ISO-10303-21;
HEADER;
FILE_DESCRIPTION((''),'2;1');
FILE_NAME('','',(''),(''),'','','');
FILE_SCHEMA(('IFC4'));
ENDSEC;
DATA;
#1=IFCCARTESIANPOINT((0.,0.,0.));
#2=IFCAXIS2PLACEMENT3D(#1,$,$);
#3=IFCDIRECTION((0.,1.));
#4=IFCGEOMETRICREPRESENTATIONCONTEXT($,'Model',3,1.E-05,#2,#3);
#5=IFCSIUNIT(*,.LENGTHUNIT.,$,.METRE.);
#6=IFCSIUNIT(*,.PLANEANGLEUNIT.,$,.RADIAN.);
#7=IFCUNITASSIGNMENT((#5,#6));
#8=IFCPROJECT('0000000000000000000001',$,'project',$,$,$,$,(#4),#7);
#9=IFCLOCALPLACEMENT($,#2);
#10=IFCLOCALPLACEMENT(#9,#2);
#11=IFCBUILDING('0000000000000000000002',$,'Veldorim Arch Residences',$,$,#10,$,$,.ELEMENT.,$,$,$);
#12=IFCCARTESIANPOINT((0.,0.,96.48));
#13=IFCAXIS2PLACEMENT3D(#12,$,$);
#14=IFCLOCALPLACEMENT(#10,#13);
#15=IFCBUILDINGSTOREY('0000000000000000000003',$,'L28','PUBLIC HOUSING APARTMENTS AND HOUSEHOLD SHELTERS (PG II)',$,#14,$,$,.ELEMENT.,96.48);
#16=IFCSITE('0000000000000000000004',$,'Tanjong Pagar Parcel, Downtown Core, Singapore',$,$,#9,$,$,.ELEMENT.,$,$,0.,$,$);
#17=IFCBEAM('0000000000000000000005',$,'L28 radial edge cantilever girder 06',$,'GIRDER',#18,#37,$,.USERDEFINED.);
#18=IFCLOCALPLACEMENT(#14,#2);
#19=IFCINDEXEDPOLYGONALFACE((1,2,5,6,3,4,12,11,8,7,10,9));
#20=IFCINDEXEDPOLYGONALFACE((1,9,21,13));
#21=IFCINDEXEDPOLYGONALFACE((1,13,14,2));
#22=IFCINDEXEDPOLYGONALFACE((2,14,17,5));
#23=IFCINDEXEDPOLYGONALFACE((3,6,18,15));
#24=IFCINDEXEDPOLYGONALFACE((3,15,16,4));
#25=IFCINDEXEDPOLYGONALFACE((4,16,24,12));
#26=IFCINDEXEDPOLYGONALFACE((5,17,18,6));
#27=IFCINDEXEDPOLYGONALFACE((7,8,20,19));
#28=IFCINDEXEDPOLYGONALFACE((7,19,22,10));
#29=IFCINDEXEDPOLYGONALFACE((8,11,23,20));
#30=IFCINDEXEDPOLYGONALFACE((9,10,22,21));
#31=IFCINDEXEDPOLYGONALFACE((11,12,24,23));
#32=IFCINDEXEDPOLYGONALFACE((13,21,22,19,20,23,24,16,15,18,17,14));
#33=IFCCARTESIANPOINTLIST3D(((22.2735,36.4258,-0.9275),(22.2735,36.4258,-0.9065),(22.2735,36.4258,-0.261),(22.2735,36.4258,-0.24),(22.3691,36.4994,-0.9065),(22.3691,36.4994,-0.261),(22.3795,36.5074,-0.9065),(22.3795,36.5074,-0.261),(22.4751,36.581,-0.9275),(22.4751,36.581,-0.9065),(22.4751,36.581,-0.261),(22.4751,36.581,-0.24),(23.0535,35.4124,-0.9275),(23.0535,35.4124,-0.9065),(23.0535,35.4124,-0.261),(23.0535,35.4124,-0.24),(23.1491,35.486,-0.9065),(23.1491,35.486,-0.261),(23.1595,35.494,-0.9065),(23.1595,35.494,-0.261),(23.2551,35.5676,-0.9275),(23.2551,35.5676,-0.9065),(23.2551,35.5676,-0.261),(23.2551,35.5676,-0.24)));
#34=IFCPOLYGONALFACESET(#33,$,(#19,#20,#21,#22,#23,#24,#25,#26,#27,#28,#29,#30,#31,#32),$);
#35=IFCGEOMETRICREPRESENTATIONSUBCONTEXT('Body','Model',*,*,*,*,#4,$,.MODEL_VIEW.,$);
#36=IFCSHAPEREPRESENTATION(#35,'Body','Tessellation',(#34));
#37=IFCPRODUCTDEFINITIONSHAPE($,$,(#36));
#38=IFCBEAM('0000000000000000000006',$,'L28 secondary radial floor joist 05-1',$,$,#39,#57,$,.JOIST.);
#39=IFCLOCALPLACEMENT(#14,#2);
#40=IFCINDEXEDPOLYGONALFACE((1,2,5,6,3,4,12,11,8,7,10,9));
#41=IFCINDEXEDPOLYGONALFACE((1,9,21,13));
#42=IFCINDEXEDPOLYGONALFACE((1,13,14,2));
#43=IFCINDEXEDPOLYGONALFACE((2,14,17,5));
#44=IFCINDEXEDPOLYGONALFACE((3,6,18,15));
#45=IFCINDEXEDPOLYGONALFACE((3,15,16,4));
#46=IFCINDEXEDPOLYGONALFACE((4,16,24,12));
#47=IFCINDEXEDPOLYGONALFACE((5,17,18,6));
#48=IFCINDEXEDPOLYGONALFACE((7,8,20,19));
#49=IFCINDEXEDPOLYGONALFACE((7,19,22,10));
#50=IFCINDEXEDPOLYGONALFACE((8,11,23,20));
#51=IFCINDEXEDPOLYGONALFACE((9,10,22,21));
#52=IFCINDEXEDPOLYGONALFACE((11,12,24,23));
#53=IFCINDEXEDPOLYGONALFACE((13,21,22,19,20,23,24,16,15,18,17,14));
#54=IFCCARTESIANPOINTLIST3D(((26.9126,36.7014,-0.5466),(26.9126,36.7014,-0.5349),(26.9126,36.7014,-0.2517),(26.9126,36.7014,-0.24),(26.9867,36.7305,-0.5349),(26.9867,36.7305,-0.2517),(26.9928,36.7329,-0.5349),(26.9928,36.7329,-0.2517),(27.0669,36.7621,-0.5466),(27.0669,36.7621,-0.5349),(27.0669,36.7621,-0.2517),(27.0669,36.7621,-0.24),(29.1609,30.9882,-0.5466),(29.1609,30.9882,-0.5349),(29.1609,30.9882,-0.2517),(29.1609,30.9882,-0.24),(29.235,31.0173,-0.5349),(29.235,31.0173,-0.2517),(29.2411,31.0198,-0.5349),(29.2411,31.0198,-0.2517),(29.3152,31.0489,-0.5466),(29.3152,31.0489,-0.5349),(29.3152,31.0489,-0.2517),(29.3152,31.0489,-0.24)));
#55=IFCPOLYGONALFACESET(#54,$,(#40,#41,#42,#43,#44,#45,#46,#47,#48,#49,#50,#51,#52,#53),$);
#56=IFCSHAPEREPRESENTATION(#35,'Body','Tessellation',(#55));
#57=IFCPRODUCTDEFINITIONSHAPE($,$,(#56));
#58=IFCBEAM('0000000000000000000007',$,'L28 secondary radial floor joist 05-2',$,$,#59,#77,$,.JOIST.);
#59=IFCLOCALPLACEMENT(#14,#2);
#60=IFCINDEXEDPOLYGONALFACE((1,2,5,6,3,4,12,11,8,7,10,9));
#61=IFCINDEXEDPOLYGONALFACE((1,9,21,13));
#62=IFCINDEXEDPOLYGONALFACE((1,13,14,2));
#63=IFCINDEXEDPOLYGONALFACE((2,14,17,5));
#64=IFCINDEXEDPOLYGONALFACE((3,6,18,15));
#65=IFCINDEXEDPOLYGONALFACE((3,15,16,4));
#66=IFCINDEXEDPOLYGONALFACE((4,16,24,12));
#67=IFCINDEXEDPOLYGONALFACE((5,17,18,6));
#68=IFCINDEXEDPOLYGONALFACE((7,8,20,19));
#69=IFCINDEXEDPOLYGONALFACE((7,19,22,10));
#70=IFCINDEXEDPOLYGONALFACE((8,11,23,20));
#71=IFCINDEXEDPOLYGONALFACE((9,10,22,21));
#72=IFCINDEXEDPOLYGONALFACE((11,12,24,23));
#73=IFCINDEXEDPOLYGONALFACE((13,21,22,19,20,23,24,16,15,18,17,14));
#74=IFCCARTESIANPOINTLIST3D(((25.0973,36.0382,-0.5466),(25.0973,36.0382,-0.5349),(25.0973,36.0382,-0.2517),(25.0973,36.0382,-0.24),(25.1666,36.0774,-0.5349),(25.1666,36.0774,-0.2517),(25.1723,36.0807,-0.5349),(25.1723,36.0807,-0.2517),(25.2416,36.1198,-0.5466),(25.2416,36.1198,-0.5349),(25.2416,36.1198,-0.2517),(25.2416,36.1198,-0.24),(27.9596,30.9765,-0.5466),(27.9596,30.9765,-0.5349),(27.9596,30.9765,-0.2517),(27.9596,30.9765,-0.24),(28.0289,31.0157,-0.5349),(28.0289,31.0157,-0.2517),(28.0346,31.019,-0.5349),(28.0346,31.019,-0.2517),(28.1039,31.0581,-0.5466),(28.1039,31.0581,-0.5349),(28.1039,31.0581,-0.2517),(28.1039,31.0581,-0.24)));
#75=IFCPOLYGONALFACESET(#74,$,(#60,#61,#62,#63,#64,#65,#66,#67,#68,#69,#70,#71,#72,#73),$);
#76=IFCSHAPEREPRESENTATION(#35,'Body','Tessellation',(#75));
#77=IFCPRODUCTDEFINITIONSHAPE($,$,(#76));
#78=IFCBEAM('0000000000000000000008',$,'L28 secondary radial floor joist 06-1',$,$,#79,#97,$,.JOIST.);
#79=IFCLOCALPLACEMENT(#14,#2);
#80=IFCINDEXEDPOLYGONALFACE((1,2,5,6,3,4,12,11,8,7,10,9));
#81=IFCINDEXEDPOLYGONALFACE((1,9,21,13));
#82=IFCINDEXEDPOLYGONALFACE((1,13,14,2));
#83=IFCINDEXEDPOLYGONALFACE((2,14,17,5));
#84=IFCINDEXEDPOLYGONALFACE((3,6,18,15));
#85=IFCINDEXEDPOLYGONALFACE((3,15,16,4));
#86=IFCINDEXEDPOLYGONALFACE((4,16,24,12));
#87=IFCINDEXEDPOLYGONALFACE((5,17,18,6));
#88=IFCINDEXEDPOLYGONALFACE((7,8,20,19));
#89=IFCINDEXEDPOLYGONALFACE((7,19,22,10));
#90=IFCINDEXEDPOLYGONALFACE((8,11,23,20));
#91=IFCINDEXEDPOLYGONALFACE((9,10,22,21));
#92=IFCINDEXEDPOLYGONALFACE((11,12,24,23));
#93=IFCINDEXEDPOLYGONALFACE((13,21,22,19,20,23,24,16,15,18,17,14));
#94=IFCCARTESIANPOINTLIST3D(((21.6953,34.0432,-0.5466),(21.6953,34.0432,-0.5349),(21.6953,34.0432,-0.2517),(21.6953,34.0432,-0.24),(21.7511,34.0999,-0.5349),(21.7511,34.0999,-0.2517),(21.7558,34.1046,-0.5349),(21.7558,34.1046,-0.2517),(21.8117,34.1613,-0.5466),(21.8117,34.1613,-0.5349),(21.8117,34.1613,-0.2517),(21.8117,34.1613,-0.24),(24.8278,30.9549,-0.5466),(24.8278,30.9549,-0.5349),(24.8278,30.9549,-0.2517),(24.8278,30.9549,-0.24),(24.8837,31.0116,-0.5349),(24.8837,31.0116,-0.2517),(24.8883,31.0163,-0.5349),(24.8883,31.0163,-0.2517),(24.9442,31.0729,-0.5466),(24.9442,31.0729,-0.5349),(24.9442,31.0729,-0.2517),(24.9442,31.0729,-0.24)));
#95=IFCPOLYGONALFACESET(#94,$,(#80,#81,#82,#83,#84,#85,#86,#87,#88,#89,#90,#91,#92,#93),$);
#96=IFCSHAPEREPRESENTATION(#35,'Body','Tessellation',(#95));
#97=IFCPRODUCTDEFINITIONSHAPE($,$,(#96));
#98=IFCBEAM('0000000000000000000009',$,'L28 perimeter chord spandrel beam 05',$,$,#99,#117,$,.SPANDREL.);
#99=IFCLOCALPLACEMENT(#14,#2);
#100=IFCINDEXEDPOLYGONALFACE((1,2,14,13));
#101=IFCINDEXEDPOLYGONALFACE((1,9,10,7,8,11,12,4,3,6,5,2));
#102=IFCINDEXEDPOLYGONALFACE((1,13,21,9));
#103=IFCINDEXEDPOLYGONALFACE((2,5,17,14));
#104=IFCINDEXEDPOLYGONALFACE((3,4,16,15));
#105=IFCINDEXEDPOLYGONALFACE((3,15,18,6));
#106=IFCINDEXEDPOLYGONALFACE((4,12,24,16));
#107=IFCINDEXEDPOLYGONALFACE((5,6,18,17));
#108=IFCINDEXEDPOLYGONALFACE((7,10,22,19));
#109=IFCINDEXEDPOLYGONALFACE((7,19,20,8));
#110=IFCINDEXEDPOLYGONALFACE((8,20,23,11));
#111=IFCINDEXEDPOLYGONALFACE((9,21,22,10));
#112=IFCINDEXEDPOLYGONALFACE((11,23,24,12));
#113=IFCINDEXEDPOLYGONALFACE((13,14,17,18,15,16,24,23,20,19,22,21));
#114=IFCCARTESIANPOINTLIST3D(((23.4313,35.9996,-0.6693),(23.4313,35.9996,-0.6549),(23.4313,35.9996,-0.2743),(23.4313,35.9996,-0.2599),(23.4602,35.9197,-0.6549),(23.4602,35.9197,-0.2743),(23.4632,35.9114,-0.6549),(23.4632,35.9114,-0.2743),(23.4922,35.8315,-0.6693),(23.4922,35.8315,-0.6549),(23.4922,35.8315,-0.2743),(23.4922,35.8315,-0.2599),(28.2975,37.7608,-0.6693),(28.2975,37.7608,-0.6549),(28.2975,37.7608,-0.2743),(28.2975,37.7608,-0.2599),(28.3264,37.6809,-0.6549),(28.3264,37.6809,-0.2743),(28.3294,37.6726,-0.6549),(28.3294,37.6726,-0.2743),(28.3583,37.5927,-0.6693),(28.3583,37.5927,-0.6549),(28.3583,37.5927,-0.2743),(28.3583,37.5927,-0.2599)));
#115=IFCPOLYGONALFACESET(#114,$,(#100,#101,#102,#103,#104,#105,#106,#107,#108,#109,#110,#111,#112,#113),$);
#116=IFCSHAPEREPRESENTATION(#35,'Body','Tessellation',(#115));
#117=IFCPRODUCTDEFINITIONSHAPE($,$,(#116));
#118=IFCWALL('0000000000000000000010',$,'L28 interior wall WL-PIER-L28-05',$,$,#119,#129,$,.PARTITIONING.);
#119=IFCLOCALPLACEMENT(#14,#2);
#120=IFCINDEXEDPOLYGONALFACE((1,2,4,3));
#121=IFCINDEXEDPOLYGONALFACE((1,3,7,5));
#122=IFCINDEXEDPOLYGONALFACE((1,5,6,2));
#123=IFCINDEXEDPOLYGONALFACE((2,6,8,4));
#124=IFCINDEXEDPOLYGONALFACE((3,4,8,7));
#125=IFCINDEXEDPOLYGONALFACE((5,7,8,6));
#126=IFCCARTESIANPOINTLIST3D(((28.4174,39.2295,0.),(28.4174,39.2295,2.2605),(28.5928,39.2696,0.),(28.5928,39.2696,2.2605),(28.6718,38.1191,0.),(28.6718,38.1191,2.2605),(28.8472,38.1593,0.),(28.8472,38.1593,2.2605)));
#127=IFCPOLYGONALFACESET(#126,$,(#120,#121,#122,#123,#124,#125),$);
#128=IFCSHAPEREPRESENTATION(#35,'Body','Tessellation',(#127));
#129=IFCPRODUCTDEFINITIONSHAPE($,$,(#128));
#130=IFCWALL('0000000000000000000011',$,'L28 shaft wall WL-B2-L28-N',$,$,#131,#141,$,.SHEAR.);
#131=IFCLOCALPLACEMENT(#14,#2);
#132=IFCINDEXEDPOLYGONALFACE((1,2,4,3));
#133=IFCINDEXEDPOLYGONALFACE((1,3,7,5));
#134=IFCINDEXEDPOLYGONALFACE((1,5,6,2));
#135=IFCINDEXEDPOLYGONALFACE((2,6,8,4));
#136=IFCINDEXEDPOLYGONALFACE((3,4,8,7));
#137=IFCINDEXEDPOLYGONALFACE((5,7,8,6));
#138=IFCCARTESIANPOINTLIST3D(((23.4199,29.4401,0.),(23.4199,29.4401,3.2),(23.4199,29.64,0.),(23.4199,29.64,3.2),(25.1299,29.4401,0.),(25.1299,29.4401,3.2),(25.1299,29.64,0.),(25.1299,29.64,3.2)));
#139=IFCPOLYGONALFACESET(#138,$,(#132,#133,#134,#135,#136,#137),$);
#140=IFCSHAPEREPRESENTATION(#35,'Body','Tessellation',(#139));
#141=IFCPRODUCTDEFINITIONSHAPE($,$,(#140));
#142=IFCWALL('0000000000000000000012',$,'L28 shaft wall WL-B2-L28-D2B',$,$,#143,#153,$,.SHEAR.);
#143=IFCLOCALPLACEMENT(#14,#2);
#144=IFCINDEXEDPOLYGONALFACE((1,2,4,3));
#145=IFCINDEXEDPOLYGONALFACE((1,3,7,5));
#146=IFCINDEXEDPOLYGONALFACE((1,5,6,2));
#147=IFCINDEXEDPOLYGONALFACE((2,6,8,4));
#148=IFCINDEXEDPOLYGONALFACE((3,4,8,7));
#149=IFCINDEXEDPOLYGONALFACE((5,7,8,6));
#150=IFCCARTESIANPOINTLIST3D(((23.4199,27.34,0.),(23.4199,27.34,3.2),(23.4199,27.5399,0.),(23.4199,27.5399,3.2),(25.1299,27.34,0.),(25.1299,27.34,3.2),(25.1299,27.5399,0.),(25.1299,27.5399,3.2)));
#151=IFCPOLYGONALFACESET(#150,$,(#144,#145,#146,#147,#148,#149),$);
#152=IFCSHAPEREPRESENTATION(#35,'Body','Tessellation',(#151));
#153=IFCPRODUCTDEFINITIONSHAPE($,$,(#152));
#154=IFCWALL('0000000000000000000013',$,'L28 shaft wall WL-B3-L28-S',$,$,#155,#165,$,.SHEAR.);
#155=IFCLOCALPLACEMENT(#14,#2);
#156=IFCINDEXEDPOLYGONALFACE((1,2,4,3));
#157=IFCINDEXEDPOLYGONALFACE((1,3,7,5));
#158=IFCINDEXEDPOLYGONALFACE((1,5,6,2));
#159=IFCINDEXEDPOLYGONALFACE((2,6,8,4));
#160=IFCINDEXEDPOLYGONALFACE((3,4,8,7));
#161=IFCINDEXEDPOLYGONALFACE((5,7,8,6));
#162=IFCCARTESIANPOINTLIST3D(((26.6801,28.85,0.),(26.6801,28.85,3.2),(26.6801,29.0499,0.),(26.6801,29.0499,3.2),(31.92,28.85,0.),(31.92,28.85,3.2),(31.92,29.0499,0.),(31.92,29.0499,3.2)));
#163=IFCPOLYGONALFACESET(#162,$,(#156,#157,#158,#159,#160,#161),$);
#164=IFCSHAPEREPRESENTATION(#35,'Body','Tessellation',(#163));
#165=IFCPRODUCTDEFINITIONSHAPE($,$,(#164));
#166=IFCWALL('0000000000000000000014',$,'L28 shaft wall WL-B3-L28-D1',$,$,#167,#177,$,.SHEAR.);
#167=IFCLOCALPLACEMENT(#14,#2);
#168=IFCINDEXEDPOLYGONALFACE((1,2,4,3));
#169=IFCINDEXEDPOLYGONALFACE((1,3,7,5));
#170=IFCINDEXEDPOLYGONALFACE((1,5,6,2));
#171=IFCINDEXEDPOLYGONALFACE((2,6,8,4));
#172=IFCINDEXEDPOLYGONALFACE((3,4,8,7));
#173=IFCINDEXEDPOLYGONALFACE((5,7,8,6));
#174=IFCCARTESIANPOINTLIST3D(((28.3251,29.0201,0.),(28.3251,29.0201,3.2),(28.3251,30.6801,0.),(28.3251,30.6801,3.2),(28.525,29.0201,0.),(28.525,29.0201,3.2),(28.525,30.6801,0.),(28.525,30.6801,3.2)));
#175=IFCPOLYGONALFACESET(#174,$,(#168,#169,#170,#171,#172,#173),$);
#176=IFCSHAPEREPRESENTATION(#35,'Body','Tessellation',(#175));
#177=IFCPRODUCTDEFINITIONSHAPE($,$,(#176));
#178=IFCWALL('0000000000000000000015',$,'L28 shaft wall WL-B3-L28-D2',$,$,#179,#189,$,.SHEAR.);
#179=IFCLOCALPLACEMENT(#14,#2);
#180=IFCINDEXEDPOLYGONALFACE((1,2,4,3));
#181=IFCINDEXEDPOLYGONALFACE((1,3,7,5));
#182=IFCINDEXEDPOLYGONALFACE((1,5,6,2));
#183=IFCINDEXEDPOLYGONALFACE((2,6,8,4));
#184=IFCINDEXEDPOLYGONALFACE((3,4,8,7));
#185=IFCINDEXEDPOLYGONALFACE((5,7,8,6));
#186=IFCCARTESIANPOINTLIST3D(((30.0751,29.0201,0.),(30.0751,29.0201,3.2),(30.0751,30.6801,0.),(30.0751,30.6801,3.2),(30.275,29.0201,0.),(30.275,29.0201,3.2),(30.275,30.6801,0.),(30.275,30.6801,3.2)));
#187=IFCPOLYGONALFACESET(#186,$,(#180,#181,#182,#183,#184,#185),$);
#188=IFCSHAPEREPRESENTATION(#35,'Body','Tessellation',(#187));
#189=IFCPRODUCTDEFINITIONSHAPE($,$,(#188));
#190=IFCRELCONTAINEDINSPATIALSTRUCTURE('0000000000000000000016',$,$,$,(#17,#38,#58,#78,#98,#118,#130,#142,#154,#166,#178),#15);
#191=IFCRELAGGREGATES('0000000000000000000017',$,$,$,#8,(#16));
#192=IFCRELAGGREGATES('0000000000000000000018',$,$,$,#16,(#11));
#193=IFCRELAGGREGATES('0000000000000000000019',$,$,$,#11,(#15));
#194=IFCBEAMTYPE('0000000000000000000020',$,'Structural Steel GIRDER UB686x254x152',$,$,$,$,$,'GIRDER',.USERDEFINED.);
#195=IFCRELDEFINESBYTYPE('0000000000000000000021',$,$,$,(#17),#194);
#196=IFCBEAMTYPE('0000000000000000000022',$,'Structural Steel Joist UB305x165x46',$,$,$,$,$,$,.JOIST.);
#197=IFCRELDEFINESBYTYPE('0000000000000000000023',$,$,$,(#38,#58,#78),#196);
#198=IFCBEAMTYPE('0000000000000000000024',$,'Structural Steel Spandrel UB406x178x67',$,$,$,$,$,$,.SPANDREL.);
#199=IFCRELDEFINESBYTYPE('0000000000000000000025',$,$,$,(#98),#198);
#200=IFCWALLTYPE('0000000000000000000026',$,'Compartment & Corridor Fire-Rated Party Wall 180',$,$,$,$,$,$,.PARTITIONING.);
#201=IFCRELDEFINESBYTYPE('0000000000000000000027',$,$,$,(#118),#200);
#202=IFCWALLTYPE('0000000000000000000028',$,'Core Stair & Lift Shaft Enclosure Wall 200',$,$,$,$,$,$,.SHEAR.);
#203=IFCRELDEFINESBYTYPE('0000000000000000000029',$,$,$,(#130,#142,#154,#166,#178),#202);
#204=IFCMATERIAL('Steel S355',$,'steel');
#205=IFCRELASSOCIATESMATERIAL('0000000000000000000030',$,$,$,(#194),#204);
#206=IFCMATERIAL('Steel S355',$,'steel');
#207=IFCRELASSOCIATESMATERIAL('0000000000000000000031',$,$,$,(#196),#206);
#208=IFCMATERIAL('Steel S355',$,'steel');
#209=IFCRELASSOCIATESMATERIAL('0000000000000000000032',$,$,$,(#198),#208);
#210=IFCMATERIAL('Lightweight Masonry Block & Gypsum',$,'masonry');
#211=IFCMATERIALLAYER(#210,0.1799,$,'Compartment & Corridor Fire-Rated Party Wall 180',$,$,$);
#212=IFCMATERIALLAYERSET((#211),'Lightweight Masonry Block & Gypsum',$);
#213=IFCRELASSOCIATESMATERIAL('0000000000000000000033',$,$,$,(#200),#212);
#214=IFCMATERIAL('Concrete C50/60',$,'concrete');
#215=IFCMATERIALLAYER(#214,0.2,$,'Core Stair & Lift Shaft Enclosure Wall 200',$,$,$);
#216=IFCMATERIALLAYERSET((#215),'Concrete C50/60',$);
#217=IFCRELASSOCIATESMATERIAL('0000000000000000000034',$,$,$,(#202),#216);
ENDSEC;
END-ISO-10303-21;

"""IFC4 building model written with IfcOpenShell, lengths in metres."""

from ifc_helpers import new_model, si_unit, direction, frame, frame_2d, origin, origin_2d, place, context, subcontext, project, spatial, rectangle, i_section, extrude, material, layer, layer_set, material_profile, profile_set, type_object, element, save


model = new_model("IFC4")

# Units and contexts
model_context = context("Model", 3, precision=1e-05, world=origin(), true_north=direction((0.0, 1.0)))
body_context = subcontext(model_context, "Body", "Model", "MODEL_VIEW")
ifc_project = project(units=[si_unit("LENGTHUNIT", "METRE"), si_unit("PLANEANGLEUNIT", "RADIAN")], contexts=[model_context])

# Site, building, storey
site_placement = place(None, origin())
site = spatial("IfcSite", under=ifc_project, at=site_placement, Name="Tanjong Pagar Parcel, Downtown Core, Singapore", CompositionType="ELEMENT", RefElevation=0.0)
building_placement = place(site_placement, origin())
building = spatial("IfcBuilding", under=site, at=building_placement, Name="Veldorim Arch Residences", CompositionType="ELEMENT")
storey_placement = place(building_placement, frame((0.0, 0.0, 96.48)))
storey = spatial("IfcBuildingStorey", under=building, at=storey_placement, Name="L28", Description="PUBLIC HOUSING APARTMENTS AND HOUSEHOLD SHELTERS (PG II)", CompositionType="ELEMENT", Elevation=96.48)

# Beams
ifc_material_1 = material(Name="Steel S355", Category="steel")
ifc_material_profile_1 = material_profile(ifc_material_1, i_section(OverallWidth=0.2544, OverallDepth=0.6875, WebThickness=0.0132, FlangeThickness=0.021, at=origin_2d()), Name="UB686x254x152")
ifc_profile_set_1 = profile_set([ifc_material_profile_1], Name="Steel S355")
beam_type_1 = type_object("IfcBeamType", Name="Structural Steel GIRDER UB686x254x152", ElementType="GIRDER", PredefinedType="USERDEFINED", material=ifc_profile_set_1)
beam_1_placement = place(storey_placement, frame((23.1543, 35.49, -0.5837), z_axis=(-0.609941, 0.792447, 0.0), x_axis=(-0.792447, -0.609941, 0.0)))
element("IfcBeam", 1, at=beam_1_placement, inside=storey, type_object=beam_type_1, Name="L28 radial edge cantilever girder 06", ObjectType="GIRDER", PredefinedType="USERDEFINED", context=body_context, shape_type="SweptSolid", body=[
    extrude(i_section(OverallWidth=0.2544, OverallDepth=0.6875, WebThickness=0.0132, FlangeThickness=0.021, at=origin_2d()), origin(), (0.0, 0.0, 1.0), 1.2788),
])
ifc_material_2 = material(Name="Steel S355", Category="steel")
ifc_material_profile_2 = material_profile(ifc_material_2, i_section(OverallWidth=0.1658, OverallDepth=0.3066, WebThickness=0.0066, FlangeThickness=0.0117, at=origin_2d()), Name="UB305x165x46")
ifc_profile_set_2 = profile_set([ifc_material_profile_2], Name="Steel S355")
beam_type_2 = type_object("IfcBeamType", Name="Structural Steel Joist UB305x165x46", PredefinedType="JOIST", material=ifc_profile_set_2)
beam_2_placement = place(storey_placement, frame((29.238, 31.0186, -0.3933), z_axis=(-0.366195, 0.930538, 0.0), x_axis=(-0.930538, -0.366195, 0.0)))
element("IfcBeam", 2, at=beam_2_placement, inside=storey, type_object=beam_type_2, Name="L28 secondary radial floor joist 05-1", PredefinedType="JOIST", context=body_context, shape_type="SweptSolid", body=[
    extrude(i_section(OverallWidth=0.1658, OverallDepth=0.3066, WebThickness=0.0066, FlangeThickness=0.0117, at=origin_2d()), origin(), (0.0, 0.0, 1.0), 6.1396),
])
beam_3_placement = place(storey_placement, frame((28.0317, 31.0173, -0.3933), z_axis=(-0.492227, 0.870467, 0.0), x_axis=(-0.870467, -0.492227, 0.0)))
element("IfcBeam", 3, at=beam_3_placement, inside=storey, type_object=beam_type_2, Name="L28 secondary radial floor joist 05-2", PredefinedType="JOIST", context=body_context, shape_type="SweptSolid", body=[
    extrude(i_section(OverallWidth=0.1658, OverallDepth=0.3066, WebThickness=0.0066, FlangeThickness=0.0117, at=origin_2d()), origin(), (0.0, 0.0, 1.0), 5.8149),
])
beam_4_placement = place(storey_placement, frame((24.886, 31.0139, -0.3933), z_axis=(-0.712112, 0.702066, 0.0), x_axis=(-0.702066, -0.712112, 0.0)))
element("IfcBeam", 4, at=beam_4_placement, inside=storey, type_object=beam_type_2, Name="L28 secondary radial floor joist 06-1", PredefinedType="JOIST", context=body_context, shape_type="SweptSolid", body=[
    extrude(i_section(OverallWidth=0.1658, OverallDepth=0.3066, WebThickness=0.0066, FlangeThickness=0.0117, at=origin_2d()), origin(), (0.0, 0.0, 1.0), 4.3989),
])
ifc_material_3 = material(Name="Steel S355", Category="steel")
ifc_material_profile_3 = material_profile(ifc_material_3, i_section(OverallWidth=0.1787, OverallDepth=0.4094, WebThickness=0.0088, FlangeThickness=0.0144, at=origin_2d()), Name="UB406x178x67")
ifc_profile_set_3 = profile_set([ifc_material_profile_3], Name="Steel S355")
beam_type_3 = type_object("IfcBeamType", Name="Structural Steel Spandrel UB406x178x67", PredefinedType="SPANDREL", material=ifc_profile_set_3)
beam_5_placement = place(storey_placement, frame((28.3279, 37.6768, -0.4646), z_axis=(-0.940308, -0.340326, 0.0), x_axis=(0.340326, -0.940308, 0.0)))
element("IfcBeam", 5, at=beam_5_placement, inside=storey, type_object=beam_type_3, Name="L28 perimeter chord spandrel beam 05", PredefinedType="SPANDREL", context=body_context, shape_type="SweptSolid", body=[
    extrude(i_section(OverallWidth=0.1787, OverallDepth=0.4094, WebThickness=0.0088, FlangeThickness=0.0144, at=origin_2d()), origin(), (0.0, 0.0, 1.0), 5.175),
])

# Walls
ifc_material_4 = material(Name="Lightweight Masonry Block & Gypsum", Category="masonry")
ifc_layer_1 = layer(ifc_material_4, 0.1799, Name="Compartment & Corridor Fire-Rated Party Wall 180")
ifc_layer_set_1 = layer_set([ifc_layer_1], Name="Lightweight Masonry Block & Gypsum")
wall_type_1 = type_object("IfcWallType", Name="Compartment & Corridor Fire-Rated Party Wall 180", PredefinedType="PARTITIONING", material=ifc_layer_set_1)
wall_1_placement = place(storey_placement, frame((28.7595, 38.1392, 0.0), z_axis=(0.0, 0.0, 1.0), x_axis=(-0.223325, 0.974744, 0.0)))
element("IfcWall", 6, at=wall_1_placement, inside=storey, type_object=wall_type_1, Name="L28 interior wall WL-PIER-L28-05", PredefinedType="PARTITIONING", context=body_context, shape_type="SweptSolid", body=[
    extrude(rectangle(XDim=1.1392, YDim=0.1799, at=frame_2d((0.5696, 0.0))), origin(), (0.0, 0.0, 1.0), 2.2605),
])
ifc_material_5 = material(Name="Concrete C50/60", Category="concrete")
ifc_layer_2 = layer(ifc_material_5, 0.2, Name="Core Stair & Lift Shaft Enclosure Wall 200")
ifc_layer_set_2 = layer_set([ifc_layer_2], Name="Concrete C50/60")
wall_type_2 = type_object("IfcWallType", Name="Core Stair & Lift Shaft Enclosure Wall 200", PredefinedType="SHEAR", material=ifc_layer_set_2)
for number, where, z_axis, x_axis, name in (
    (7, (23.4199, 29.54, 0.0), (0.0, 0.0, 1.0), (1.0, 0.0, 0.0), "L28 shaft wall WL-B2-L28-N"),
    (8, (23.4199, 27.4399, 0.0), (0.0, 0.0, 1.0), (1.0, 0.0, 0.0), "L28 shaft wall WL-B2-L28-D2B"),
):
    element("IfcWall", number, at=place(storey_placement, frame(where, z_axis=z_axis, x_axis=x_axis)), inside=storey, type_object=wall_type_2, Name=name, PredefinedType="SHEAR", context=body_context, shape_type="SweptSolid", body=[
        extrude(rectangle(XDim=1.71, YDim=0.2, at=frame_2d((0.855, 0.0))), origin(), (0.0, 0.0, 1.0), 3.2),
    ])
wall_2_placement = place(storey_placement, frame((26.6799, 28.95, 0.0), z_axis=(0.0, 0.0, 1.0), x_axis=(1.0, 0.0, 0.0)))
element("IfcWall", 9, at=wall_2_placement, inside=storey, type_object=wall_type_2, Name="L28 shaft wall WL-B3-L28-S", PredefinedType="SHEAR", context=body_context, shape_type="SweptSolid", body=[
    extrude(rectangle(XDim=5.24, YDim=0.2, at=frame_2d((2.6201, 0.0))), origin(), (0.0, 0.0, 1.0), 3.2),
])
for number, where, z_axis, x_axis, name in (
    (10, (28.425, 29.02, 0.0), (0.0, 0.0, 1.0), (0.0, 1.0, 0.0), "L28 shaft wall WL-B3-L28-D1"),
    (11, (30.175, 29.02, 0.0), (0.0, 0.0, 1.0), (0.0, 1.0, 0.0), "L28 shaft wall WL-B3-L28-D2"),
):
    element("IfcWall", number, at=place(storey_placement, frame(where, z_axis=z_axis, x_axis=x_axis)), inside=storey, type_object=wall_type_2, Name=name, PredefinedType="SHEAR", context=body_context, shape_type="SweptSolid", body=[
        extrude(rectangle(XDim=1.6599, YDim=0.2, at=frame_2d((0.8301, 0.0))), origin(), (0.0, 0.0, 1.0), 3.2),
    ])

save(model, "model.ifc")
